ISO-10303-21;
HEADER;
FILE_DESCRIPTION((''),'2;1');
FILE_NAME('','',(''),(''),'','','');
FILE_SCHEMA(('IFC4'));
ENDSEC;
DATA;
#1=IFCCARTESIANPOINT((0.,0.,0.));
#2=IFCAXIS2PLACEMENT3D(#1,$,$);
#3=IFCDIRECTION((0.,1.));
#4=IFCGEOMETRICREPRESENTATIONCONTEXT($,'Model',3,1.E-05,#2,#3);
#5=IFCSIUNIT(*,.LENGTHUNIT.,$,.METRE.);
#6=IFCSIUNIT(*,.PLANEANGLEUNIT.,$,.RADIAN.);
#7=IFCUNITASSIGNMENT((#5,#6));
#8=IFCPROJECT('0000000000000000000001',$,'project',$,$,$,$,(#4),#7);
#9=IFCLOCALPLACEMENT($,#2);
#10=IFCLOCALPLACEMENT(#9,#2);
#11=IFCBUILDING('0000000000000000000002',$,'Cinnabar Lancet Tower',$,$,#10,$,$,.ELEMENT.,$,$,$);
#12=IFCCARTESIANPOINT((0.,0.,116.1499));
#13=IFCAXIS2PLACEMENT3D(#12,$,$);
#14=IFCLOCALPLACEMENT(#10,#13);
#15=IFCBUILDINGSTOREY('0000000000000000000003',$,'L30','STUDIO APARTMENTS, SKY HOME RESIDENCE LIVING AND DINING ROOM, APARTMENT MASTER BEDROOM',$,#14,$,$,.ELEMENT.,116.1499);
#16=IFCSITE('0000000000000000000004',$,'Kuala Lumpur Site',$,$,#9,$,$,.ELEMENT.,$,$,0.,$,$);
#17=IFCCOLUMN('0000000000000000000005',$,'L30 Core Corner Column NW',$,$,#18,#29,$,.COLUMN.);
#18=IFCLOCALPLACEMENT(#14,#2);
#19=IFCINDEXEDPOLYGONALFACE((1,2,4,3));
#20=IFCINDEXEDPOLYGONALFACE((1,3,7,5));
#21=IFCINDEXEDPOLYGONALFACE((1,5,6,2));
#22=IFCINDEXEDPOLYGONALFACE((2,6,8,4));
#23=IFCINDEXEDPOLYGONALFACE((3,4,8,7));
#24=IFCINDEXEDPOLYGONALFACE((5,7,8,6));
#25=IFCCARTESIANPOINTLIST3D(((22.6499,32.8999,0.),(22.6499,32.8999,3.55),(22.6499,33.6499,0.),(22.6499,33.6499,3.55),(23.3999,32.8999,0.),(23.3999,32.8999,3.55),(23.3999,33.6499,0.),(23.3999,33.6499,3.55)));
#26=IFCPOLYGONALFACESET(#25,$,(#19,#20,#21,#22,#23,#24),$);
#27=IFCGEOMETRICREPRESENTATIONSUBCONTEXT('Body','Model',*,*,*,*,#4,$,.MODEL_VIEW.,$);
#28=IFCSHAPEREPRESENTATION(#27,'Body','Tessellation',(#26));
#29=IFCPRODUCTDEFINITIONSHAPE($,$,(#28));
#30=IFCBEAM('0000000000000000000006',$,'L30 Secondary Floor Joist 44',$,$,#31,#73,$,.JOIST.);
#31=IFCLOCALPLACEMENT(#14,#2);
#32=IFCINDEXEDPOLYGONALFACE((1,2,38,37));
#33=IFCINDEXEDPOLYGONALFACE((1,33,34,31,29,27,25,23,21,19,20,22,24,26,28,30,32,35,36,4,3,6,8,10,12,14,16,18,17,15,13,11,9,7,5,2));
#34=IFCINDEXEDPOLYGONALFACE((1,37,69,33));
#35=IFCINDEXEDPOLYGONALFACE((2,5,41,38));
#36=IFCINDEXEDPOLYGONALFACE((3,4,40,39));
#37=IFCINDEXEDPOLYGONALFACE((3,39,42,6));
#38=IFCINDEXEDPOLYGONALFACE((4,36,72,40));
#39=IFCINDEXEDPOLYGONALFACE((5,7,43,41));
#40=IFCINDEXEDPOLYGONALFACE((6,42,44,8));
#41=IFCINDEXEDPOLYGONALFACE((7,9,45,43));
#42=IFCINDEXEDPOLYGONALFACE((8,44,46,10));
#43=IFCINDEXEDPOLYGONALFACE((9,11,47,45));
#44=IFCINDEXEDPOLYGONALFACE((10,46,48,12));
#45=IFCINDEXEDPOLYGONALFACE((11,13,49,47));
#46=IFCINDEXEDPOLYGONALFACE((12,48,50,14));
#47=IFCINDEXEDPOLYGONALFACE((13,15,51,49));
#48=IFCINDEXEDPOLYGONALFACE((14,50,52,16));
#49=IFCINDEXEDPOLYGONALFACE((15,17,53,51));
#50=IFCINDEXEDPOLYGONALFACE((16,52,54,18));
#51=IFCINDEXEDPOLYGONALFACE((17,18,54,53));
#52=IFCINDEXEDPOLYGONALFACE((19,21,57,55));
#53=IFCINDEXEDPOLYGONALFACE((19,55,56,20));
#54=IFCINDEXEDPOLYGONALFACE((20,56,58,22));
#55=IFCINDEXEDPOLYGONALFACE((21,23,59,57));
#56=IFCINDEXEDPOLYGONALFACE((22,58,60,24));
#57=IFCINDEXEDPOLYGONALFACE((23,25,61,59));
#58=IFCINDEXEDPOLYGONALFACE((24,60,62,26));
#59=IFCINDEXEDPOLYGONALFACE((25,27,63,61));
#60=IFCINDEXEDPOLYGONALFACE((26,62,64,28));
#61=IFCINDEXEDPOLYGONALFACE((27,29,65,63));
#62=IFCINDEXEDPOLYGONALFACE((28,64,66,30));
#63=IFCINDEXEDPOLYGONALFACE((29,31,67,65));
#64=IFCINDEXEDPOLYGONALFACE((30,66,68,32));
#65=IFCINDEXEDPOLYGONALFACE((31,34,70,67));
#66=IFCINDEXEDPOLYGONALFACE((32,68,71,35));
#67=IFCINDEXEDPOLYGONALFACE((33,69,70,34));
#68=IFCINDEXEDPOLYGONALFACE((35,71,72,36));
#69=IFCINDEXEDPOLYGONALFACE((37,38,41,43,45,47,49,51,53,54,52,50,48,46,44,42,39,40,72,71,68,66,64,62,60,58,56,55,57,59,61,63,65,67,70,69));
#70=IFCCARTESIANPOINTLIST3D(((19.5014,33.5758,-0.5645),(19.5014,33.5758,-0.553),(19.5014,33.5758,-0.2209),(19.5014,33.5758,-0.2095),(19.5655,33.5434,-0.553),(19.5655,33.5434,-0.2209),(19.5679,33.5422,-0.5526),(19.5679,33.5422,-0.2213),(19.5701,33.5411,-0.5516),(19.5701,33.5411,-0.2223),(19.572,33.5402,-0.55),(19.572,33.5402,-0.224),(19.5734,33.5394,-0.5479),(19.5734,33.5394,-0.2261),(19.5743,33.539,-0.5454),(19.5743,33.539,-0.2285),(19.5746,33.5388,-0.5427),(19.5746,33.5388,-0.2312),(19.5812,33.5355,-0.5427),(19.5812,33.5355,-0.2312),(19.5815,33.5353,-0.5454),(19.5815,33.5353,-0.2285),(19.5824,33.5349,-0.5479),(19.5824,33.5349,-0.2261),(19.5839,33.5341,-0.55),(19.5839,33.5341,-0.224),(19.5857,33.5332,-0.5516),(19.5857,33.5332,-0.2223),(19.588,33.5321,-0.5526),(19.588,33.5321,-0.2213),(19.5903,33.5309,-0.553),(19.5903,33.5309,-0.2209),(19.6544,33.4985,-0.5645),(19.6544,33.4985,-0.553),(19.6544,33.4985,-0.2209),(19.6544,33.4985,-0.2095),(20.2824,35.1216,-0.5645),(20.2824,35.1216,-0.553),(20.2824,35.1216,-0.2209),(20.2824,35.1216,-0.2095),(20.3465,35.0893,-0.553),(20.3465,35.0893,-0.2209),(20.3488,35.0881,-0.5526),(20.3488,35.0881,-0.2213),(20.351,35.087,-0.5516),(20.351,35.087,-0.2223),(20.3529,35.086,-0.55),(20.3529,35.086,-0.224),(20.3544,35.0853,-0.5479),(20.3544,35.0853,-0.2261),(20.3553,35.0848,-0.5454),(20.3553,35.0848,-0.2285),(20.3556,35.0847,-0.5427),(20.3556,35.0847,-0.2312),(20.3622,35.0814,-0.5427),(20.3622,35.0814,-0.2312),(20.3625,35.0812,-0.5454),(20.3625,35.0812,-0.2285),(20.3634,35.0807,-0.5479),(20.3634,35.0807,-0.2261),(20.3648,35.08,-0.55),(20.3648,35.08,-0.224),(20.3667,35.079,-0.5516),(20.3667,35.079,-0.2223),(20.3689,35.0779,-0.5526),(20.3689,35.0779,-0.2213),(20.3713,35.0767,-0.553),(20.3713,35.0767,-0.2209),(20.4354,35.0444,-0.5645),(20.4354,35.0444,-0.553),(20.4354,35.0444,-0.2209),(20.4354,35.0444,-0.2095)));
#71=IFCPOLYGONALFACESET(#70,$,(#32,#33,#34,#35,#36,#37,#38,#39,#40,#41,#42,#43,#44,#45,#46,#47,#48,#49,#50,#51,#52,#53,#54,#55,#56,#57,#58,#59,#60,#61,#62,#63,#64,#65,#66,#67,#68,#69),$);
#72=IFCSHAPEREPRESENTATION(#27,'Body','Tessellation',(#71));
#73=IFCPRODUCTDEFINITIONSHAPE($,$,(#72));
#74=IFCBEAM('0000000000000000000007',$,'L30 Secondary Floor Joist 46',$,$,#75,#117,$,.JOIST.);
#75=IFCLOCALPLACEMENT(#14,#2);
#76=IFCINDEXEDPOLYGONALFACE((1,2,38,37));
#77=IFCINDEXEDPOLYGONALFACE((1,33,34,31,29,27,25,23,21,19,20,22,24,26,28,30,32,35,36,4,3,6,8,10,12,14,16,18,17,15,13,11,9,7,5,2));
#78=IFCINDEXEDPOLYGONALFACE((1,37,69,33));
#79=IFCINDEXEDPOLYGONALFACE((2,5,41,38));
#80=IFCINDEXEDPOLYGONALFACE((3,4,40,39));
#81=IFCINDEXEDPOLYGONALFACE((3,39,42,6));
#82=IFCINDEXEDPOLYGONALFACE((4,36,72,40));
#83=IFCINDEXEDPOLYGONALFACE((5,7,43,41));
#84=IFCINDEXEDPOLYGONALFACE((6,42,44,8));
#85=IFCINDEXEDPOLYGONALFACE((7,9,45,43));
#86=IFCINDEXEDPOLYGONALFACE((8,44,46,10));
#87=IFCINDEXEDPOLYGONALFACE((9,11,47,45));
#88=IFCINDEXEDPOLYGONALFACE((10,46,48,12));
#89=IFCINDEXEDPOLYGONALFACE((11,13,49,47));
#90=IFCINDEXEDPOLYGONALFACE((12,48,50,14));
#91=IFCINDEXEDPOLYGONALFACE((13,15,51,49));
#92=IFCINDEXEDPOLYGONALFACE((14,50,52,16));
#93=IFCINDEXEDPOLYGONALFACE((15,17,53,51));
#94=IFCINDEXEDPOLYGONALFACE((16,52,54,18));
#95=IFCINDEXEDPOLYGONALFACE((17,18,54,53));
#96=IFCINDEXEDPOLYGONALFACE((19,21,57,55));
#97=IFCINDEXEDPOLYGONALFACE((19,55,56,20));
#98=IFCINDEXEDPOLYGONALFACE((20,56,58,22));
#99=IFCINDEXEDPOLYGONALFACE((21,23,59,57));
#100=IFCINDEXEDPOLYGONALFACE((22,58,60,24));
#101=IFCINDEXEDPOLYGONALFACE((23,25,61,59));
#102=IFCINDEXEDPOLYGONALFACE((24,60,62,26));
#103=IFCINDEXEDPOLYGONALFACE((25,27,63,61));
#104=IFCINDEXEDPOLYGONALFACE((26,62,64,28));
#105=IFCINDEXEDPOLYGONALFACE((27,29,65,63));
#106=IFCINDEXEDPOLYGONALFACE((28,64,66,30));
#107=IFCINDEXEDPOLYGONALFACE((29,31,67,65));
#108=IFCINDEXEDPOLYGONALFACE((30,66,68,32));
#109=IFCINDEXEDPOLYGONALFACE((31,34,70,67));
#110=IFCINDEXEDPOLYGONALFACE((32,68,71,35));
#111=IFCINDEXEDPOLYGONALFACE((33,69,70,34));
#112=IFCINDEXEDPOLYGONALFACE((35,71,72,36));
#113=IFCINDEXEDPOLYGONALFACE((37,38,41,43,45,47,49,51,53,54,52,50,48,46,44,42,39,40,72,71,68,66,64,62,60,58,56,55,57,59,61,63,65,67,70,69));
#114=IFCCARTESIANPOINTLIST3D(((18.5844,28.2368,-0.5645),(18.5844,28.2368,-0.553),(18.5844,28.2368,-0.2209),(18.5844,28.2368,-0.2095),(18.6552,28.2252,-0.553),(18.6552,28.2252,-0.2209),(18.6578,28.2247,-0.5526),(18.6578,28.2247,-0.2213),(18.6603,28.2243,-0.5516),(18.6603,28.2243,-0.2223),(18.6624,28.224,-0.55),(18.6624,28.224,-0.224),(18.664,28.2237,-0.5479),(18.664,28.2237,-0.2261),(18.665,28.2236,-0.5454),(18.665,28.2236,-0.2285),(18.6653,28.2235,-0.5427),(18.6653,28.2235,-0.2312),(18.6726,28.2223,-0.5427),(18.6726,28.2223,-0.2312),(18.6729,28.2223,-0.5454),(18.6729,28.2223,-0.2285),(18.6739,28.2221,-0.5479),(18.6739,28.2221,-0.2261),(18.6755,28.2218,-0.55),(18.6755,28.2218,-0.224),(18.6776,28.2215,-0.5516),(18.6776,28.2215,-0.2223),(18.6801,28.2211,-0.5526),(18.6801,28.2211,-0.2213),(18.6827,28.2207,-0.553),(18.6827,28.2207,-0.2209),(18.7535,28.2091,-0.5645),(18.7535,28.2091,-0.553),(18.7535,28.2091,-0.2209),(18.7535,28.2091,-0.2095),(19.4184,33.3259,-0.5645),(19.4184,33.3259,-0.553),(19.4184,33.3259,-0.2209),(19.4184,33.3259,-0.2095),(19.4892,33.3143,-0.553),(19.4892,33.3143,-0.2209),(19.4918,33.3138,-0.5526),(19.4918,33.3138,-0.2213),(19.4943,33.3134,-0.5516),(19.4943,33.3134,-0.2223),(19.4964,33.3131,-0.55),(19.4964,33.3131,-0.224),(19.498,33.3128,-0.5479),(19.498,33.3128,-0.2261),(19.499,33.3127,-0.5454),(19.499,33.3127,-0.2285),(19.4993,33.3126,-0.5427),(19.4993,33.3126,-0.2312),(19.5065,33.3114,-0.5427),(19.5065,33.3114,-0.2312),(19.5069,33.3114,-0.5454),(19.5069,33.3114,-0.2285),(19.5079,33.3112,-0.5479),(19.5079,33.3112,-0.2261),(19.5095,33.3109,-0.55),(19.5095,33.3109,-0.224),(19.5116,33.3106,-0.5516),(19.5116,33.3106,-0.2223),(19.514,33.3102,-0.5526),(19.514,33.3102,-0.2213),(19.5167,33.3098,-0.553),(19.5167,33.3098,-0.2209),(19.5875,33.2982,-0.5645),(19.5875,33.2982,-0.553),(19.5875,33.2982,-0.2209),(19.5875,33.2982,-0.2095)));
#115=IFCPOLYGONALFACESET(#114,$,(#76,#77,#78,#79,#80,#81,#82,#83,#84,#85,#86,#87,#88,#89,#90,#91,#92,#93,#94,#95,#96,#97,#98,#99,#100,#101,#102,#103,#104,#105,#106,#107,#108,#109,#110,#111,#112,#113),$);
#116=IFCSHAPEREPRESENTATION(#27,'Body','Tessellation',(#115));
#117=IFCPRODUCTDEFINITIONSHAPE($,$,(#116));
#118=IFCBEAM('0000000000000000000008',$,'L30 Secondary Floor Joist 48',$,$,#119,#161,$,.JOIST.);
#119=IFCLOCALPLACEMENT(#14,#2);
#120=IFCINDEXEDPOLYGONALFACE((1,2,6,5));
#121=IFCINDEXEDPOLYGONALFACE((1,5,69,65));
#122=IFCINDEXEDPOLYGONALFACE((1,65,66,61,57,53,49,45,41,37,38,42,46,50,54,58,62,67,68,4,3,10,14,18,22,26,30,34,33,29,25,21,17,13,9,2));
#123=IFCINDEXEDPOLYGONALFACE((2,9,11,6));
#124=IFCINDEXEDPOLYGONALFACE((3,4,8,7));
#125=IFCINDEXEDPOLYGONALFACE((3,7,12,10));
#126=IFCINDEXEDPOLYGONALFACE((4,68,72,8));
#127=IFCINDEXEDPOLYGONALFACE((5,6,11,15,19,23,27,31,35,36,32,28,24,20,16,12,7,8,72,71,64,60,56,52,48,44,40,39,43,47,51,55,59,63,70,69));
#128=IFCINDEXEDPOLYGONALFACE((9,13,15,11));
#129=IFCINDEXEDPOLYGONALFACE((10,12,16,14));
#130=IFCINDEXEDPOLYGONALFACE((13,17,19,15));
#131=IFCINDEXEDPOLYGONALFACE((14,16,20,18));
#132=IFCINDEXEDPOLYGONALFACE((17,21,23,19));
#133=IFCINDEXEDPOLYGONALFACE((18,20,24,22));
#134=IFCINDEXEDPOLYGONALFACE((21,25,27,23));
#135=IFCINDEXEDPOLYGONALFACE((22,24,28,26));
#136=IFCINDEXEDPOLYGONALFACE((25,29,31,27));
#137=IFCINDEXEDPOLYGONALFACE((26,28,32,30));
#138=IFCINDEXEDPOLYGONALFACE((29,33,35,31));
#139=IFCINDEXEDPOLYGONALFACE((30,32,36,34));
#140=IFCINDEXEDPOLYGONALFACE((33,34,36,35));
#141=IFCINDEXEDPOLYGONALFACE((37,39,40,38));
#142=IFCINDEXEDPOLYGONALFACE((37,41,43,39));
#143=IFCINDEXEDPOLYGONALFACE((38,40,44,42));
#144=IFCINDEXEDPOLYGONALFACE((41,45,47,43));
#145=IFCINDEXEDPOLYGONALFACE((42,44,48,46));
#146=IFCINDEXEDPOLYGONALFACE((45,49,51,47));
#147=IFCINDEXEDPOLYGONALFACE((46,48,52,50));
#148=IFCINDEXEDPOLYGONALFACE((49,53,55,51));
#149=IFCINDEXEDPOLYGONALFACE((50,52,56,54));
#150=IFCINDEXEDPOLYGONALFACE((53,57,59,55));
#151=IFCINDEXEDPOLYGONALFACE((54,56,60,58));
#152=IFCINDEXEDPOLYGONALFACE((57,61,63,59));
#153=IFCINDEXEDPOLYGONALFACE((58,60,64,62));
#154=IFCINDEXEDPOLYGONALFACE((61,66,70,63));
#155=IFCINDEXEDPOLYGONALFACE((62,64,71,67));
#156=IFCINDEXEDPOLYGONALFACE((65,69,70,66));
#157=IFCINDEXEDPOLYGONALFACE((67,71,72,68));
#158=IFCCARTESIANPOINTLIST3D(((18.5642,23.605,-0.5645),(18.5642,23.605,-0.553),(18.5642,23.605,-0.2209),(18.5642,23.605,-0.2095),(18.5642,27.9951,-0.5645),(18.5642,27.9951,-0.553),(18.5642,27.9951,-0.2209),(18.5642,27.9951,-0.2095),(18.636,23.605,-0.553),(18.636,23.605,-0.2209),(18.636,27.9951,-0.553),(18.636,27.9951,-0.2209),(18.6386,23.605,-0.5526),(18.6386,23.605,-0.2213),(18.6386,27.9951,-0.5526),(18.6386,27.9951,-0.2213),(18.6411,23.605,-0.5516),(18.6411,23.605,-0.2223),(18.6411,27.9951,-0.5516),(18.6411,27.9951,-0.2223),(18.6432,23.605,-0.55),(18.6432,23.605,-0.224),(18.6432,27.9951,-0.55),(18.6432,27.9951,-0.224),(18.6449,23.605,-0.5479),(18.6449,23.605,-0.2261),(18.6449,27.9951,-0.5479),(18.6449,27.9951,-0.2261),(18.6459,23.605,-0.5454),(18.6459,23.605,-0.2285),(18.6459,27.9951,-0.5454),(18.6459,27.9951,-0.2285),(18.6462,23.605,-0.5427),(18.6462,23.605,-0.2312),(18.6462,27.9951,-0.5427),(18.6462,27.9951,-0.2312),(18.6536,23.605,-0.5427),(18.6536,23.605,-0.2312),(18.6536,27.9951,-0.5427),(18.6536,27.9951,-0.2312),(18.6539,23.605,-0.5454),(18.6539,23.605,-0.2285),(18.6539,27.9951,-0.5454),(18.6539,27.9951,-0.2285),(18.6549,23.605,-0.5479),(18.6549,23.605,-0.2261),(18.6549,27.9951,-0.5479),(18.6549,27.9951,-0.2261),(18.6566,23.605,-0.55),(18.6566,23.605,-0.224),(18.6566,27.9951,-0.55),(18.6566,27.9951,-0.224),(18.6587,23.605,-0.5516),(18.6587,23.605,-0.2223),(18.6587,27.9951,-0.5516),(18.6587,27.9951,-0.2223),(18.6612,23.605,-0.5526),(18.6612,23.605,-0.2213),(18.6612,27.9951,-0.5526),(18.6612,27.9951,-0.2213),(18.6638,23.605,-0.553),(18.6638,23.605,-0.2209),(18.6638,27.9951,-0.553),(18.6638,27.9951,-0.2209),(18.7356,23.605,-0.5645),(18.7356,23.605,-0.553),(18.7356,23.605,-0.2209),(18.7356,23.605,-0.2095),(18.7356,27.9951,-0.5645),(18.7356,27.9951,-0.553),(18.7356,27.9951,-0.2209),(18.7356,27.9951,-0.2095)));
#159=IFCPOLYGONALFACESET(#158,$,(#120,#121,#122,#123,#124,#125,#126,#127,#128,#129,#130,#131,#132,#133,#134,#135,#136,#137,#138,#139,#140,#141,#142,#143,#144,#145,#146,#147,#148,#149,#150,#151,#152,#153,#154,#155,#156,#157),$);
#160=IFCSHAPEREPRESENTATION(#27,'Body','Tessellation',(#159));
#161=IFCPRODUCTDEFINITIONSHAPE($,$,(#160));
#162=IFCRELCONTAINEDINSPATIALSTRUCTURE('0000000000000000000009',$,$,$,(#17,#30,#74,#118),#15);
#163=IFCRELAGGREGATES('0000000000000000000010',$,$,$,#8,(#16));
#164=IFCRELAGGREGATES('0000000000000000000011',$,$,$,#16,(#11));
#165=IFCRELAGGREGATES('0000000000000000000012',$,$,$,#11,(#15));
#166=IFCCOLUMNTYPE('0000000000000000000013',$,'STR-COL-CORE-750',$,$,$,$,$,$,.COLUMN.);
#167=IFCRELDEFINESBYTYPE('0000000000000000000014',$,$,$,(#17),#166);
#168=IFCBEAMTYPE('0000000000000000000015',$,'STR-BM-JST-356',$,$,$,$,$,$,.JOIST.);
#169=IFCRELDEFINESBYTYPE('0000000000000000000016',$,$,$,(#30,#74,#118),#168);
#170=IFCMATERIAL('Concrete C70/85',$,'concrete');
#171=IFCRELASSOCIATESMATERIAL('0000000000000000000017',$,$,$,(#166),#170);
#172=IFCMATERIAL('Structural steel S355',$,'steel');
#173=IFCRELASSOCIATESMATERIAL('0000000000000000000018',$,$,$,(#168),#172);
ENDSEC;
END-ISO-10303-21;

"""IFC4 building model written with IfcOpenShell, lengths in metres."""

from ifc_helpers import new_model, si_unit, direction, frame, origin, origin_2d, place, context, subcontext, project, spatial, rectangle, i_section, extrude, material, material_profile, profile_set, type_object, element, save


model = new_model("IFC4")

# Units and contexts
model_context = context("Model", 3, precision=1e-05, world=origin(), true_north=direction((0.0, 1.0)))
body_context = subcontext(model_context, "Body", "Model", "MODEL_VIEW")
ifc_project = project(units=[si_unit("LENGTHUNIT", "METRE"), si_unit("PLANEANGLEUNIT", "RADIAN")], contexts=[model_context])

# Site, building, storey
site_placement = place(None, origin())
site = spatial("IfcSite", under=ifc_project, at=site_placement, Name="Kuala Lumpur Site", CompositionType="ELEMENT", RefElevation=0.0)
building_placement = place(site_placement, origin())
building = spatial("IfcBuilding", under=site, at=building_placement, Name="Cinnabar Lancet Tower", CompositionType="ELEMENT")
storey_placement = place(building_placement, frame((0.0, 0.0, 116.1499)))
storey = spatial("IfcBuildingStorey", under=building, at=storey_placement, Name="L30", Description="STUDIO APARTMENTS, SKY HOME RESIDENCE LIVING AND DINING ROOM, APARTMENT MASTER BEDROOM", CompositionType="ELEMENT", Elevation=116.1499)

# Column
ifc_material_1 = material(Name="Concrete C70/85", Category="concrete")
ifc_material_profile_1 = material_profile(ifc_material_1, rectangle(XDim=0.75, YDim=0.75, at=origin_2d()), Name="RC-COL 750x750")
ifc_profile_set_1 = profile_set([ifc_material_profile_1], Name="Concrete C70/85")
column_type = type_object("IfcColumnType", Name="STR-COL-CORE-750", PredefinedType="COLUMN", material=ifc_profile_set_1)
column_placement = place(storey_placement, frame((23.0249, 33.2749, 0.0), z_axis=(0.0, 0.0, 1.0), x_axis=(1.0, 0.0, 0.0)))
element("IfcColumn", 1, at=column_placement, inside=storey, type_object=column_type, Name="L30 Core Corner Column NW", PredefinedType="COLUMN", context=body_context, shape_type="SweptSolid", body=[
    extrude(rectangle(XDim=0.75, YDim=0.75, at=origin_2d()), origin(), (0.0, 0.0, 1.0), 3.55),
])

# Beams
ifc_material_2 = material(Name="Structural steel S355", Category="steel")
ifc_material_profile_2 = material_profile(ifc_material_2, i_section(OverallWidth=0.1714, OverallDepth=0.355, WebThickness=0.0073, FlangeThickness=0.0115, FilletRadius=0.0103, at=origin_2d()), Name="UKB 356x171x51")
ifc_profile_set_2 = profile_set([ifc_material_profile_2], Name="Structural steel S355")
beam_type_1 = type_object("IfcBeamType", Name="STR-BM-JST-356", PredefinedType="JOIST", material=ifc_profile_set_2)
beam_1_placement = place(storey_placement, frame((20.3589, 35.083, -0.387), z_axis=(-0.450931, -0.892559, 0.0), x_axis=(0.892559, -0.450931, 0.0)))
element("IfcBeam", 2, at=beam_1_placement, inside=storey, type_object=beam_type_1, Name="L30 Secondary Floor Joist 44", PredefinedType="JOIST", context=body_context, shape_type="SweptSolid", body=[
    extrude(i_section(OverallWidth=0.1714, OverallDepth=0.355, WebThickness=0.0073, FlangeThickness=0.0115, FilletRadius=0.0103, at=origin_2d()), origin(), (0.0, 0.0, 1.0), 1.7319),
])
beam_2_placement = place(storey_placement, frame((19.5029, 33.312, -0.387), z_axis=(-0.161719, -0.986837, 0.0), x_axis=(0.986837, -0.161719, 0.0)))
element("IfcBeam", 3, at=beam_2_placement, inside=storey, type_object=beam_type_1, Name="L30 Secondary Floor Joist 46", PredefinedType="JOIST", context=body_context, shape_type="SweptSolid", body=[
    extrude(i_section(OverallWidth=0.1714, OverallDepth=0.355, WebThickness=0.0073, FlangeThickness=0.0115, FilletRadius=0.0103, at=origin_2d()), origin(), (0.0, 0.0, 1.0), 5.157),
])
beam_3_placement = place(storey_placement, frame((18.6499, 27.9951, -0.387), z_axis=(0.0, -1.0, 0.0), x_axis=(1.0, 0.0, 0.0)))
element("IfcBeam", 4, at=beam_3_placement, inside=storey, type_object=beam_type_1, Name="L30 Secondary Floor Joist 48", PredefinedType="JOIST", context=body_context, shape_type="SweptSolid", body=[
    extrude(i_section(OverallWidth=0.1714, OverallDepth=0.355, WebThickness=0.0073, FlangeThickness=0.0115, FilletRadius=0.0103, at=origin_2d()), origin(), (0.0, 0.0, 1.0), 4.3901),
])

save(model, "model.ifc")
